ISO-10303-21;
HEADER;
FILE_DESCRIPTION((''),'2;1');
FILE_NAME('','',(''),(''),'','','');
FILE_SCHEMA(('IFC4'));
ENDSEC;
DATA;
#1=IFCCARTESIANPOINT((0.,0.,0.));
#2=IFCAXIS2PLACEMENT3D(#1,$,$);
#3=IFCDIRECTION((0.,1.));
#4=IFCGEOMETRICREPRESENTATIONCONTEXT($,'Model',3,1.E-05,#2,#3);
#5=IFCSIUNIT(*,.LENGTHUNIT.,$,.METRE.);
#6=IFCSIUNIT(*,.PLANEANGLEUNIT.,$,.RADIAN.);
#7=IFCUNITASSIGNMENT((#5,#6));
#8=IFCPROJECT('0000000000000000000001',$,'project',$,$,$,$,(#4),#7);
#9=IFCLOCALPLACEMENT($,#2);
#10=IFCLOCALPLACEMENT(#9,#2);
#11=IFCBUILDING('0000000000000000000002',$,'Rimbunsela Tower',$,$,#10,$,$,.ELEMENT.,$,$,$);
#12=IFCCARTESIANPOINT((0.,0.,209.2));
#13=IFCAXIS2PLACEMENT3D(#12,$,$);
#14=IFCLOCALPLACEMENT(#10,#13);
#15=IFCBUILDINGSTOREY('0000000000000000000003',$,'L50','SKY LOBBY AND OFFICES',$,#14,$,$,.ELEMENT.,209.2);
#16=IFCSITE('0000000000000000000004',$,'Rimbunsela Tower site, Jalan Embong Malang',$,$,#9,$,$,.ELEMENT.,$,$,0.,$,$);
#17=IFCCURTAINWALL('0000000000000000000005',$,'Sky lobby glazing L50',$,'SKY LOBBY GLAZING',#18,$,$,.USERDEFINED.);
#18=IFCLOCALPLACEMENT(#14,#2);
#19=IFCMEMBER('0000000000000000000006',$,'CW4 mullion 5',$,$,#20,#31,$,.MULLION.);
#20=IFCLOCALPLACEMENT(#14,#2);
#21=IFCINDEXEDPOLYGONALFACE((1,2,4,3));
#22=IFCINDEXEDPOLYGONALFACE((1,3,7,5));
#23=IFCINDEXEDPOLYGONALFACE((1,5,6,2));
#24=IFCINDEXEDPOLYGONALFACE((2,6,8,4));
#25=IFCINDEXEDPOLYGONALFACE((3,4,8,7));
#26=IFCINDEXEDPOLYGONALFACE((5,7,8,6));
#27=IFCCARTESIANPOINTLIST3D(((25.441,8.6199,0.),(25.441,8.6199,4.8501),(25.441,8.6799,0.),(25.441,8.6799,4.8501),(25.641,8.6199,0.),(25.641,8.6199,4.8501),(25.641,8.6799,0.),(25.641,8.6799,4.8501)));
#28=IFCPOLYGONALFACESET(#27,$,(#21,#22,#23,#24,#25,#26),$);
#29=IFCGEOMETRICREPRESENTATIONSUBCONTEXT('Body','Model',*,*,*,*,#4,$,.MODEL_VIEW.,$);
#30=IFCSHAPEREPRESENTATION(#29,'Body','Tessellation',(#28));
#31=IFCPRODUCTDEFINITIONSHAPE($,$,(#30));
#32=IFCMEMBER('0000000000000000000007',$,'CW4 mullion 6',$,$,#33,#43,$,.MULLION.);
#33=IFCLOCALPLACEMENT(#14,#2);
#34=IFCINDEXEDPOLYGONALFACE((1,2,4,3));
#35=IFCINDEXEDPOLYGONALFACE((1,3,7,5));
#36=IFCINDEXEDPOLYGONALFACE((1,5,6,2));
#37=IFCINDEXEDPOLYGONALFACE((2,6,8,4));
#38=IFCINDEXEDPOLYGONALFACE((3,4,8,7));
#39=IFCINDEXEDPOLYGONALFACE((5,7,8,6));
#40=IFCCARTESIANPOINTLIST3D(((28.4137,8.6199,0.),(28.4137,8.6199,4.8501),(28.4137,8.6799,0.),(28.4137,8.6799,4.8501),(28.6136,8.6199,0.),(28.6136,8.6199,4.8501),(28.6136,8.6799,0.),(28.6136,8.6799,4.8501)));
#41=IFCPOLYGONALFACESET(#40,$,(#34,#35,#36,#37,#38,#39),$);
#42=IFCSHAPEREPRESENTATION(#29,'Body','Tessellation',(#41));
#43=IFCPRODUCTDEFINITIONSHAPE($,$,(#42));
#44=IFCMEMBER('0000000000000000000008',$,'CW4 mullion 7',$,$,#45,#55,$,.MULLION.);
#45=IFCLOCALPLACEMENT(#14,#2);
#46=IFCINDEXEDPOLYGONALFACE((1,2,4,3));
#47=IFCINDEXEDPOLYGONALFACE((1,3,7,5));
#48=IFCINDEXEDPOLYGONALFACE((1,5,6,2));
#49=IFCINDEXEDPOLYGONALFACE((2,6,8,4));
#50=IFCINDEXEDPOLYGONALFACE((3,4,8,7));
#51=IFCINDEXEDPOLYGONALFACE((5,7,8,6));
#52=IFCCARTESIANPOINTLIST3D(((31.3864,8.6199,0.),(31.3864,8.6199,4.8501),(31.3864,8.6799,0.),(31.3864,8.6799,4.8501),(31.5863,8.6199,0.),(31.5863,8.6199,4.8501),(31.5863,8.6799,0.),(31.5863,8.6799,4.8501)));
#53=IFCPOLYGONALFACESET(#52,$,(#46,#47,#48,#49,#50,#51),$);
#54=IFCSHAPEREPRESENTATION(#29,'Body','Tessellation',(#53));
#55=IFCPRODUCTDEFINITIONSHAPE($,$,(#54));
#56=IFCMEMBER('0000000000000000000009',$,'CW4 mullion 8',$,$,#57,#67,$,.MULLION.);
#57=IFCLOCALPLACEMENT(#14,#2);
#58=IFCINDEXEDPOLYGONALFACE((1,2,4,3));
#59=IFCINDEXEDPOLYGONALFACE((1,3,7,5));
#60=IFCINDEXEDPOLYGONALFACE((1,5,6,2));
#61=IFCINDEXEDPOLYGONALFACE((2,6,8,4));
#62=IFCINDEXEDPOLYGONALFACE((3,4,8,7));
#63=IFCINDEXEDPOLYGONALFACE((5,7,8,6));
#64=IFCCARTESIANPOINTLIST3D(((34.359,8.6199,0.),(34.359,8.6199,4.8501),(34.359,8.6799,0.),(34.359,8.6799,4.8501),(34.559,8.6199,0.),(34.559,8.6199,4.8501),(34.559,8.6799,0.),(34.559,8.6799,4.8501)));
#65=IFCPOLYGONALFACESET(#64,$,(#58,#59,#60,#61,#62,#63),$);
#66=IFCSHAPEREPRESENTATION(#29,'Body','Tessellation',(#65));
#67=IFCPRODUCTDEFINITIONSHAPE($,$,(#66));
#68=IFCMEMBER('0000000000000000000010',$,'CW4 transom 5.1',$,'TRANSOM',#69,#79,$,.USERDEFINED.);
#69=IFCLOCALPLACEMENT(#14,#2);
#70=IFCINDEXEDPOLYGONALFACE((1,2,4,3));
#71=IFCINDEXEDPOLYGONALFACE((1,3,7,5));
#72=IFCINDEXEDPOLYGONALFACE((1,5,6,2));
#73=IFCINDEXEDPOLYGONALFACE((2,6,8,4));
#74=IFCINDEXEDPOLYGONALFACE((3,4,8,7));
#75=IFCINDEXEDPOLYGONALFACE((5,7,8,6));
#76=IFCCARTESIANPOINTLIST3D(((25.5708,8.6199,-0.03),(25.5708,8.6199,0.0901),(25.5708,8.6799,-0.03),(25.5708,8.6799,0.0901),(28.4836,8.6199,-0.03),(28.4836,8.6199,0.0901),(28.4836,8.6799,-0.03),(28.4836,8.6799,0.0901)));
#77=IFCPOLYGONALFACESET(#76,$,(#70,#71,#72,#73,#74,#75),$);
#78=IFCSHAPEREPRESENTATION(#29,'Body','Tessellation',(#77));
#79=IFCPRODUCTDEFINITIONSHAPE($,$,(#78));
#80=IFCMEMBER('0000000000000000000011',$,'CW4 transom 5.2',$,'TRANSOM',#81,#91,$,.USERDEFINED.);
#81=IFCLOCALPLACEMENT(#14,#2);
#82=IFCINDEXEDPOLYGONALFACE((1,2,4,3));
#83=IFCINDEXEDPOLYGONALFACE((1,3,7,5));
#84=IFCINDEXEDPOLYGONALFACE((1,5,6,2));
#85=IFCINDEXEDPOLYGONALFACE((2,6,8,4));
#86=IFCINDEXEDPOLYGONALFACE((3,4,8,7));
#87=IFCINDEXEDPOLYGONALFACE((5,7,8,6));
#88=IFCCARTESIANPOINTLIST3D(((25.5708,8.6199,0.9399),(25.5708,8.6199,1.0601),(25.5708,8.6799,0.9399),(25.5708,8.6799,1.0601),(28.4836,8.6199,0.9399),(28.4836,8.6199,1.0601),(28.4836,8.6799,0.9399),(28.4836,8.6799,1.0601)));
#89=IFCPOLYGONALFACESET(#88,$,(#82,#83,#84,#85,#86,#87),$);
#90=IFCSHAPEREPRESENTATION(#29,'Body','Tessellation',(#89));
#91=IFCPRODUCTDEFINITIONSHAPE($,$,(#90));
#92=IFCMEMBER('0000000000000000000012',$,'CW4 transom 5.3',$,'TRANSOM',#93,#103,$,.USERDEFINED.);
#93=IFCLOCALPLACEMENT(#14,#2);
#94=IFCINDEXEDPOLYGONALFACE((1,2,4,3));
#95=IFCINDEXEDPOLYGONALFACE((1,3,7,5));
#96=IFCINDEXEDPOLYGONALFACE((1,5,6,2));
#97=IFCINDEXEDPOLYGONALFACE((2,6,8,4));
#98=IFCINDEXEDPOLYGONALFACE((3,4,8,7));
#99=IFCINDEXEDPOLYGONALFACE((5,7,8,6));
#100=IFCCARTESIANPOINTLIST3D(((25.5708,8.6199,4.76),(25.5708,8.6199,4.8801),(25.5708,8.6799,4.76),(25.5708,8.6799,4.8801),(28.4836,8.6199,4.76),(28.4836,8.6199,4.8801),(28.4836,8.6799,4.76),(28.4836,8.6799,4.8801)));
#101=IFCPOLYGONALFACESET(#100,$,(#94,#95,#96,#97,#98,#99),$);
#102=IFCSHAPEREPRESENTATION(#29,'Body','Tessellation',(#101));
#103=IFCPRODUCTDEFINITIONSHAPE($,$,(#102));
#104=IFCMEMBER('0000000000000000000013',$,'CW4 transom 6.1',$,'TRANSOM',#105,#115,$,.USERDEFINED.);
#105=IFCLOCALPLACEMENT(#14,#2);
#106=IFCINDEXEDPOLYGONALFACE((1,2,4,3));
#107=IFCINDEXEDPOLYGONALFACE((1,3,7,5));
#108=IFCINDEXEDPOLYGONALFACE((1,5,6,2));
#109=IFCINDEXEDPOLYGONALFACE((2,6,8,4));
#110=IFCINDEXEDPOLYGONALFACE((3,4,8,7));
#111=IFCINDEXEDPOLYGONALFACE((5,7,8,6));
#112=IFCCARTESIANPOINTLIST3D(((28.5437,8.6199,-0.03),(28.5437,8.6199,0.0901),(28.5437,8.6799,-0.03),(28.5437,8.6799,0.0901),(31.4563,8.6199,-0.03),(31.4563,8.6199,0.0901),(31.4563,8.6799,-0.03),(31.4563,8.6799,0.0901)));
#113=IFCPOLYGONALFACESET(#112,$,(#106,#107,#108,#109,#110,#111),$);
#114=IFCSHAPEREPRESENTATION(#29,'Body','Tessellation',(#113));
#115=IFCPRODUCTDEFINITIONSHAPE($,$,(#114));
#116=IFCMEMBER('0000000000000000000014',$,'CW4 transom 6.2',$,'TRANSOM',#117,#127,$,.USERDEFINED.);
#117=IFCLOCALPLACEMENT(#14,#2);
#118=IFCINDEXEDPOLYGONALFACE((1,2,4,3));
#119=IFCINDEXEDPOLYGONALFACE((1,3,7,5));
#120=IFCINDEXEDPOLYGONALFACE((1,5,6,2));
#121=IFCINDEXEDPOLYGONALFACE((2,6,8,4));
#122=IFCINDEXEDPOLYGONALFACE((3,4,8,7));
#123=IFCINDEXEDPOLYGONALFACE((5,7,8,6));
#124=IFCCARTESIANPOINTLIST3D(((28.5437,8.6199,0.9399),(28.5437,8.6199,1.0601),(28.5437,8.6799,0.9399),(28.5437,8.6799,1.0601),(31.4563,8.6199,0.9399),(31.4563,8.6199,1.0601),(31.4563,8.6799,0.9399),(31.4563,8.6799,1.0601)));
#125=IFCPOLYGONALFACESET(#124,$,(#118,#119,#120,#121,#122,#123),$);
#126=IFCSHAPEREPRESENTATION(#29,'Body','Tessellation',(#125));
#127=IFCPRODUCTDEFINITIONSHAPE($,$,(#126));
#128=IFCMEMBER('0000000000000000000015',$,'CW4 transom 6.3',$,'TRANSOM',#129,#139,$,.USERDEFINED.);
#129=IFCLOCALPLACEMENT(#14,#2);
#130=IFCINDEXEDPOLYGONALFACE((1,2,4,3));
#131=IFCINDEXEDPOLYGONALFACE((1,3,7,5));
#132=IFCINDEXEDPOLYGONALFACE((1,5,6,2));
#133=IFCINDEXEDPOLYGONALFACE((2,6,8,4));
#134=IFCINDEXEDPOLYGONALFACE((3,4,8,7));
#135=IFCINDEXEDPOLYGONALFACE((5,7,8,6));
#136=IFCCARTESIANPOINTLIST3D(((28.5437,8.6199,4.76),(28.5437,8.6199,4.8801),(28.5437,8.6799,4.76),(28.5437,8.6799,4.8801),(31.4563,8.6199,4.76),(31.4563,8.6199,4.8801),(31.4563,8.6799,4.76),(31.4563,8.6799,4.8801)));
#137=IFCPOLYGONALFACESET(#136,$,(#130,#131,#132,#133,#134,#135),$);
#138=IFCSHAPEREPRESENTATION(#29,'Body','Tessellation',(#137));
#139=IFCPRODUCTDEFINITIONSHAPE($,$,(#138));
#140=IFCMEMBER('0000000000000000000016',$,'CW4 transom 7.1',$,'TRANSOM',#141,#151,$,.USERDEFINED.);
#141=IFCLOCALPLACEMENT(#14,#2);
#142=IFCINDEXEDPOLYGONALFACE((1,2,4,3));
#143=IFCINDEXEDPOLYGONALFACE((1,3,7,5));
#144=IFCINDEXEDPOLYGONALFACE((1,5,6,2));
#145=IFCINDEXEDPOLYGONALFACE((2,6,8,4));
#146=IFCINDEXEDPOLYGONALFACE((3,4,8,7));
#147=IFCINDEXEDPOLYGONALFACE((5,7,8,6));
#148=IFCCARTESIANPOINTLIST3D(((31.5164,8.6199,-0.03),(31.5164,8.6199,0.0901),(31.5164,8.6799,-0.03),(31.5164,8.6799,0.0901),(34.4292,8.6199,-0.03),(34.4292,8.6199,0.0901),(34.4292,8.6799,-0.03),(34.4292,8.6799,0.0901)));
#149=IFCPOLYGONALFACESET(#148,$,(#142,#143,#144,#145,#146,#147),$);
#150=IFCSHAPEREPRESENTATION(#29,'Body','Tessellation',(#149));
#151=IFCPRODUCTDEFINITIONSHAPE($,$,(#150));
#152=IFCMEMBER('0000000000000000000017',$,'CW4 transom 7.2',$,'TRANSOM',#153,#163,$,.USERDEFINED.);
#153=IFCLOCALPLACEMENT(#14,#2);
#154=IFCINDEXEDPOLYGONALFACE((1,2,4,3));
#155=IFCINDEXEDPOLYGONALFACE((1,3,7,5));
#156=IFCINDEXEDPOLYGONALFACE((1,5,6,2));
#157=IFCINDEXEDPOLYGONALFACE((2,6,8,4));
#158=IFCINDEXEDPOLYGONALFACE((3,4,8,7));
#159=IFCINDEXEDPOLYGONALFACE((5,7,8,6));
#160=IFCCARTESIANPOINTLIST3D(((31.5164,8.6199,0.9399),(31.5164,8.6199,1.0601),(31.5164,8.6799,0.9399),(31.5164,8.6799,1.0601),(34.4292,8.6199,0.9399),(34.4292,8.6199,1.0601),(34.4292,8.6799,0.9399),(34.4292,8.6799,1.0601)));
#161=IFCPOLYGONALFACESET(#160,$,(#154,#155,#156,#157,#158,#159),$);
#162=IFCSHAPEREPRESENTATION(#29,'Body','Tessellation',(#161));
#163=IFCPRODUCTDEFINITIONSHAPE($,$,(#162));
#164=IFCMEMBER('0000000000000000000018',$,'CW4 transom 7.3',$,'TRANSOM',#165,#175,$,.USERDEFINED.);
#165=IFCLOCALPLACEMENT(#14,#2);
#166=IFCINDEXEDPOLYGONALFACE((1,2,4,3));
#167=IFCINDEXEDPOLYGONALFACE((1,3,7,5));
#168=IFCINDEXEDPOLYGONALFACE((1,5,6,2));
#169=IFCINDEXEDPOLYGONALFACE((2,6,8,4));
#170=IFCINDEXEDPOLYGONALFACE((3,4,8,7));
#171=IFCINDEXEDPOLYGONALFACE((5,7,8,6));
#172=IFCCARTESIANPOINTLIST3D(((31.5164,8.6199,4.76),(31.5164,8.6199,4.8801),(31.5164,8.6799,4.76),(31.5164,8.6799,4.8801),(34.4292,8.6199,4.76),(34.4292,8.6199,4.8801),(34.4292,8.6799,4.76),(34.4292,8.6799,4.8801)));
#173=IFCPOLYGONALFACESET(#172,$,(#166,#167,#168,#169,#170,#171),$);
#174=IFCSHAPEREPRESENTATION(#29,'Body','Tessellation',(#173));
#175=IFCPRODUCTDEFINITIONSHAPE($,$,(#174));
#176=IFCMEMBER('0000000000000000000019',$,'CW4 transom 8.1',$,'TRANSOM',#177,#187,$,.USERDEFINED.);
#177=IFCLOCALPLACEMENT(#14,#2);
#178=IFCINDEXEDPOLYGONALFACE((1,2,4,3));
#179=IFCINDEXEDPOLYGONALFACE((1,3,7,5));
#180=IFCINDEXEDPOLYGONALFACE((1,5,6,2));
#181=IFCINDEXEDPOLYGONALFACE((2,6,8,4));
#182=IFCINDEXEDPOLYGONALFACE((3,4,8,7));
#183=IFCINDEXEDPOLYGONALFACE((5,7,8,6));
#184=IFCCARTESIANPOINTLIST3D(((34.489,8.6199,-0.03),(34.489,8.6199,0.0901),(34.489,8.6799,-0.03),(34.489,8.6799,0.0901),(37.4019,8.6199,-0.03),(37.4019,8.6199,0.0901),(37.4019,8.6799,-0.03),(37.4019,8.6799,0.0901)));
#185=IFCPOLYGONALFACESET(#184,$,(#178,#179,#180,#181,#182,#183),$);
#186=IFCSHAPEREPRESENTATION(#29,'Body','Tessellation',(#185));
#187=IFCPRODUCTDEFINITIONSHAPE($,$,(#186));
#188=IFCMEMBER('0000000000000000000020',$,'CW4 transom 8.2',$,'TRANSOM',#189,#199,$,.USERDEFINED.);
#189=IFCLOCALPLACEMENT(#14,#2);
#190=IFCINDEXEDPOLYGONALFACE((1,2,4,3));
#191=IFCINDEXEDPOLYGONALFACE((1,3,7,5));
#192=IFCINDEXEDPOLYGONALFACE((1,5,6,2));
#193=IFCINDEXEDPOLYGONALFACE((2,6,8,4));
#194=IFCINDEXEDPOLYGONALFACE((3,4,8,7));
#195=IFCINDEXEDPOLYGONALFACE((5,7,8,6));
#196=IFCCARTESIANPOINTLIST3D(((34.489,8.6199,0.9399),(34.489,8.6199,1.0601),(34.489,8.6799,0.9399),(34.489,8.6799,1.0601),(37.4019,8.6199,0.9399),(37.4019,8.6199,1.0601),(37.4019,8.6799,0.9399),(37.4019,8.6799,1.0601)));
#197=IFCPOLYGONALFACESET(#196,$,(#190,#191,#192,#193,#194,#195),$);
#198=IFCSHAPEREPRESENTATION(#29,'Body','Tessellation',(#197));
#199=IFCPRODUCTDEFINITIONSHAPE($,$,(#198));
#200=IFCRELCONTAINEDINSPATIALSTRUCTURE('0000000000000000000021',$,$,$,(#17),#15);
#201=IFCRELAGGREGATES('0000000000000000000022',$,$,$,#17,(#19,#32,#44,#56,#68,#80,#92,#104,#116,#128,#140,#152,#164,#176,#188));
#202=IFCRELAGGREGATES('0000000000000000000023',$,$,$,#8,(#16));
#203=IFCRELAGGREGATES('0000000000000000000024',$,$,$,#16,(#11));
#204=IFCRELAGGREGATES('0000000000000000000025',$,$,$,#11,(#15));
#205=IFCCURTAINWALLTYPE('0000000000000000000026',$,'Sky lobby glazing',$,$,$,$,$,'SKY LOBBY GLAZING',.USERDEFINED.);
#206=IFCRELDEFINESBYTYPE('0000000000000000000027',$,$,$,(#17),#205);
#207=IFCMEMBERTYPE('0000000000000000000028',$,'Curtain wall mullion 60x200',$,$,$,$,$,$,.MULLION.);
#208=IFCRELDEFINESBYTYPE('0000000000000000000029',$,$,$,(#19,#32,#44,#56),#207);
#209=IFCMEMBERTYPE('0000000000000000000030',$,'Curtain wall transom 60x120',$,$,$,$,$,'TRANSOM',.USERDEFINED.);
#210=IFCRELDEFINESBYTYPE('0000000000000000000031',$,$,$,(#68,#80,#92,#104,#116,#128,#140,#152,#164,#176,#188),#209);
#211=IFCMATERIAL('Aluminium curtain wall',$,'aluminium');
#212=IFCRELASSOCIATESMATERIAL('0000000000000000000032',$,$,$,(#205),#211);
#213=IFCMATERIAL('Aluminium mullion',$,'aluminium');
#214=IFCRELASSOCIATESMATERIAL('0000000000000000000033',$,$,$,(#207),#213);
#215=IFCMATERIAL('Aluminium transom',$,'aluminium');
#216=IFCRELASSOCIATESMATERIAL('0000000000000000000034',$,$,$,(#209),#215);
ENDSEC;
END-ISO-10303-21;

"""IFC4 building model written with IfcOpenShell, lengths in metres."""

from ifc_helpers import new_model, si_unit, direction, frame, origin, origin_2d, place, context, subcontext, project, spatial, rectangle, extrude, material, material_profile, profile_set, type_object, element, aggregate, save


model = new_model("IFC4")

# Units and contexts
model_context = context("Model", 3, precision=1e-05, world=origin(), true_north=direction((0.0, 1.0)))
body_context = subcontext(model_context, "Body", "Model", "MODEL_VIEW")
ifc_project = project(units=[si_unit("LENGTHUNIT", "METRE"), si_unit("PLANEANGLEUNIT", "RADIAN")], contexts=[model_context])

# Site, building, storey
site_placement = place(None, origin())
site = spatial("IfcSite", under=ifc_project, at=site_placement, Name="Rimbunsela Tower site, Jalan Embong Malang", CompositionType="ELEMENT", RefElevation=0.0)
building_placement = place(site_placement, origin())
building = spatial("IfcBuilding", under=site, at=building_placement, Name="Rimbunsela Tower", CompositionType="ELEMENT")
storey_placement = place(building_placement, frame((0.0, 0.0, 209.2)))
storey = spatial("IfcBuildingStorey", under=building, at=storey_placement, Name="L50", Description="SKY LOBBY AND OFFICES", CompositionType="ELEMENT", Elevation=209.2)

# Curtain wall, members
ifc_material_1 = material(Name="Aluminium curtain wall", Category="aluminium")
curtain_wall_type = type_object("IfcCurtainWallType", Name="Sky lobby glazing", ElementType="SKY LOBBY GLAZING", PredefinedType="USERDEFINED", material=ifc_material_1)
curtain_wall_placement = place(storey_placement, origin())
curtain_wall = element("IfcCurtainWall", 1, at=curtain_wall_placement, inside=storey, type_object=curtain_wall_type, Name="Sky lobby glazing L50", ObjectType="SKY LOBBY GLAZING", PredefinedType="USERDEFINED")
ifc_material_2 = material(Name="Aluminium mullion", Category="aluminium")
ifc_material_profile_1 = material_profile(ifc_material_2, rectangle(XDim=0.0601, YDim=0.2, at=origin_2d()), Name="Mullion 60x200")
ifc_profile_set_1 = profile_set([ifc_material_profile_1], Name="Aluminium mullion")
member_type_1 = type_object("IfcMemberType", Name="Curtain wall mullion 60x200", PredefinedType="MULLION", material=ifc_profile_set_1)
member_1_placement = place(storey_placement, frame((25.541, 8.6499, 0.0), z_axis=(0.0, 0.0, 1.0), x_axis=(0.0, 1.0, 0.0)))
member_1 = element("IfcMember", 2, at=member_1_placement, type_object=member_type_1, Name="CW4 mullion 5", PredefinedType="MULLION", context=body_context, shape_type="SweptSolid", body=[
    extrude(rectangle(XDim=0.0601, YDim=0.2, at=origin_2d()), origin(), (0.0, 0.0, 1.0), 4.8501),
])
member_2_placement = place(storey_placement, frame((28.5137, 8.6499, 0.0), z_axis=(0.0, 0.0, 1.0), x_axis=(0.0, 1.0, 0.0)))
member_2 = element("IfcMember", 3, at=member_2_placement, type_object=member_type_1, Name="CW4 mullion 6", PredefinedType="MULLION", context=body_context, shape_type="SweptSolid", body=[
    extrude(rectangle(XDim=0.0601, YDim=0.2, at=origin_2d()), origin(), (0.0, 0.0, 1.0), 4.8501),
])
member_3_placement = place(storey_placement, frame((31.4863, 8.6499, 0.0), z_axis=(0.0, 0.0, 1.0), x_axis=(0.0, 1.0, 0.0)))
member_3 = element("IfcMember", 4, at=member_3_placement, type_object=member_type_1, Name="CW4 mullion 7", PredefinedType="MULLION", context=body_context, shape_type="SweptSolid", body=[
    extrude(rectangle(XDim=0.0601, YDim=0.2, at=origin_2d()), origin(), (0.0, 0.0, 1.0), 4.8501),
])
member_4_placement = place(storey_placement, frame((34.459, 8.6499, 0.0), z_axis=(0.0, 0.0, 1.0), x_axis=(0.0, 1.0, 0.0)))
member_4 = element("IfcMember", 5, at=member_4_placement, type_object=member_type_1, Name="CW4 mullion 8", PredefinedType="MULLION", context=body_context, shape_type="SweptSolid", body=[
    extrude(rectangle(XDim=0.0601, YDim=0.2, at=origin_2d()), origin(), (0.0, 0.0, 1.0), 4.8501),
])
ifc_material_3 = material(Name="Aluminium transom", Category="aluminium")
ifc_material_profile_2 = material_profile(ifc_material_3, rectangle(XDim=0.0601, YDim=0.1201, at=origin_2d()), Name="Transom 60x120")
ifc_profile_set_2 = profile_set([ifc_material_profile_2], Name="Aluminium transom")
member_type_2 = type_object("IfcMemberType", Name="Curtain wall transom 60x120", ElementType="TRANSOM", PredefinedType="USERDEFINED", material=ifc_profile_set_2)
member_5_placement = place(storey_placement, frame((25.5708, 8.6499, 0.03), z_axis=(1.0, 0.0, 0.0), x_axis=(0.0, 1.0, 0.0)))
member_5 = element("IfcMember", 6, at=member_5_placement, type_object=member_type_2, Name="CW4 transom 5.1", ObjectType="TRANSOM", PredefinedType="USERDEFINED", context=body_context, shape_type="SweptSolid", body=[
    extrude(rectangle(XDim=0.0601, YDim=0.1201, at=origin_2d()), origin(), (0.0, 0.0, 1.0), 2.9128),
])
member_6_placement = place(storey_placement, frame((25.5708, 8.6499, 1.0), z_axis=(1.0, 0.0, 0.0), x_axis=(0.0, 1.0, 0.0)))
member_6 = element("IfcMember", 7, at=member_6_placement, type_object=member_type_2, Name="CW4 transom 5.2", ObjectType="TRANSOM", PredefinedType="USERDEFINED", context=body_context, shape_type="SweptSolid", body=[
    extrude(rectangle(XDim=0.0601, YDim=0.1201, at=origin_2d()), origin(), (0.0, 0.0, 1.0), 2.9128),
])
member_7_placement = place(storey_placement, frame((25.5708, 8.6499, 4.8201), z_axis=(1.0, 0.0, 0.0), x_axis=(0.0, 1.0, 0.0)))
member_7 = element("IfcMember", 8, at=member_7_placement, type_object=member_type_2, Name="CW4 transom 5.3", ObjectType="TRANSOM", PredefinedType="USERDEFINED", context=body_context, shape_type="SweptSolid", body=[
    extrude(rectangle(XDim=0.0601, YDim=0.1201, at=origin_2d()), origin(), (0.0, 0.0, 1.0), 2.9128),
])
member_8_placement = place(storey_placement, frame((28.5437, 8.6499, 0.03), z_axis=(1.0, 0.0, 0.0), x_axis=(0.0, 1.0, 0.0)))
member_8 = element("IfcMember", 9, at=member_8_placement, type_object=member_type_2, Name="CW4 transom 6.1", ObjectType="TRANSOM", PredefinedType="USERDEFINED", context=body_context, shape_type="SweptSolid", body=[
    extrude(rectangle(XDim=0.0601, YDim=0.1201, at=origin_2d()), origin(), (0.0, 0.0, 1.0), 2.9126),
])
member_9_placement = place(storey_placement, frame((28.5437, 8.6499, 1.0), z_axis=(1.0, 0.0, 0.0), x_axis=(0.0, 1.0, 0.0)))
member_9 = element("IfcMember", 10, at=member_9_placement, type_object=member_type_2, Name="CW4 transom 6.2", ObjectType="TRANSOM", PredefinedType="USERDEFINED", context=body_context, shape_type="SweptSolid", body=[
    extrude(rectangle(XDim=0.0601, YDim=0.1201, at=origin_2d()), origin(), (0.0, 0.0, 1.0), 2.9126),
])
member_10_placement = place(storey_placement, frame((28.5437, 8.6499, 4.8201), z_axis=(1.0, 0.0, 0.0), x_axis=(0.0, 1.0, 0.0)))
member_10 = element("IfcMember", 11, at=member_10_placement, type_object=member_type_2, Name="CW4 transom 6.3", ObjectType="TRANSOM", PredefinedType="USERDEFINED", context=body_context, shape_type="SweptSolid", body=[
    extrude(rectangle(XDim=0.0601, YDim=0.1201, at=origin_2d()), origin(), (0.0, 0.0, 1.0), 2.9126),
])
member_11_placement = place(storey_placement, frame((31.5164, 8.6499, 0.03), z_axis=(1.0, 0.0, 0.0), x_axis=(0.0, 1.0, 0.0)))
member_11 = element("IfcMember", 12, at=member_11_placement, type_object=member_type_2, Name="CW4 transom 7.1", ObjectType="TRANSOM", PredefinedType="USERDEFINED", context=body_context, shape_type="SweptSolid", body=[
    extrude(rectangle(XDim=0.0601, YDim=0.1201, at=origin_2d()), origin(), (0.0, 0.0, 1.0), 2.9128),
])
member_12_placement = place(storey_placement, frame((31.5164, 8.6499, 1.0), z_axis=(1.0, 0.0, 0.0), x_axis=(0.0, 1.0, 0.0)))
member_12 = element("IfcMember", 13, at=member_12_placement, type_object=member_type_2, Name="CW4 transom 7.2", ObjectType="TRANSOM", PredefinedType="USERDEFINED", context=body_context, shape_type="SweptSolid", body=[
    extrude(rectangle(XDim=0.0601, YDim=0.1201, at=origin_2d()), origin(), (0.0, 0.0, 1.0), 2.9128),
])
member_13_placement = place(storey_placement, frame((31.5164, 8.6499, 4.8201), z_axis=(1.0, 0.0, 0.0), x_axis=(0.0, 1.0, 0.0)))
member_13 = element("IfcMember", 14, at=member_13_placement, type_object=member_type_2, Name="CW4 transom 7.3", ObjectType="TRANSOM", PredefinedType="USERDEFINED", context=body_context, shape_type="SweptSolid", body=[
    extrude(rectangle(XDim=0.0601, YDim=0.1201, at=origin_2d()), origin(), (0.0, 0.0, 1.0), 2.9128),
])
member_14_placement = place(storey_placement, frame((34.489, 8.6499, 0.03), z_axis=(1.0, 0.0, 0.0), x_axis=(0.0, 1.0, 0.0)))
member_14 = element("IfcMember", 15, at=member_14_placement, type_object=member_type_2, Name="CW4 transom 8.1", ObjectType="TRANSOM", PredefinedType="USERDEFINED", context=body_context, shape_type="SweptSolid", body=[
    extrude(rectangle(XDim=0.0601, YDim=0.1201, at=origin_2d()), origin(), (0.0, 0.0, 1.0), 2.9128),
])
member_15_placement = place(storey_placement, frame((34.489, 8.6499, 1.0), z_axis=(1.0, 0.0, 0.0), x_axis=(0.0, 1.0, 0.0)))
member_15 = element("IfcMember", 16, at=member_15_placement, type_object=member_type_2, Name="CW4 transom 8.2", ObjectType="TRANSOM", PredefinedType="USERDEFINED", context=body_context, shape_type="SweptSolid", body=[
    extrude(rectangle(XDim=0.0601, YDim=0.1201, at=origin_2d()), origin(), (0.0, 0.0, 1.0), 2.9128),
])
aggregate(curtain_wall, [member_1, member_2, member_3, member_4, member_5, member_6, member_7, member_8, member_9, member_10, member_11, member_12, member_13, member_14, member_15])

save(model, "model.ifc")
